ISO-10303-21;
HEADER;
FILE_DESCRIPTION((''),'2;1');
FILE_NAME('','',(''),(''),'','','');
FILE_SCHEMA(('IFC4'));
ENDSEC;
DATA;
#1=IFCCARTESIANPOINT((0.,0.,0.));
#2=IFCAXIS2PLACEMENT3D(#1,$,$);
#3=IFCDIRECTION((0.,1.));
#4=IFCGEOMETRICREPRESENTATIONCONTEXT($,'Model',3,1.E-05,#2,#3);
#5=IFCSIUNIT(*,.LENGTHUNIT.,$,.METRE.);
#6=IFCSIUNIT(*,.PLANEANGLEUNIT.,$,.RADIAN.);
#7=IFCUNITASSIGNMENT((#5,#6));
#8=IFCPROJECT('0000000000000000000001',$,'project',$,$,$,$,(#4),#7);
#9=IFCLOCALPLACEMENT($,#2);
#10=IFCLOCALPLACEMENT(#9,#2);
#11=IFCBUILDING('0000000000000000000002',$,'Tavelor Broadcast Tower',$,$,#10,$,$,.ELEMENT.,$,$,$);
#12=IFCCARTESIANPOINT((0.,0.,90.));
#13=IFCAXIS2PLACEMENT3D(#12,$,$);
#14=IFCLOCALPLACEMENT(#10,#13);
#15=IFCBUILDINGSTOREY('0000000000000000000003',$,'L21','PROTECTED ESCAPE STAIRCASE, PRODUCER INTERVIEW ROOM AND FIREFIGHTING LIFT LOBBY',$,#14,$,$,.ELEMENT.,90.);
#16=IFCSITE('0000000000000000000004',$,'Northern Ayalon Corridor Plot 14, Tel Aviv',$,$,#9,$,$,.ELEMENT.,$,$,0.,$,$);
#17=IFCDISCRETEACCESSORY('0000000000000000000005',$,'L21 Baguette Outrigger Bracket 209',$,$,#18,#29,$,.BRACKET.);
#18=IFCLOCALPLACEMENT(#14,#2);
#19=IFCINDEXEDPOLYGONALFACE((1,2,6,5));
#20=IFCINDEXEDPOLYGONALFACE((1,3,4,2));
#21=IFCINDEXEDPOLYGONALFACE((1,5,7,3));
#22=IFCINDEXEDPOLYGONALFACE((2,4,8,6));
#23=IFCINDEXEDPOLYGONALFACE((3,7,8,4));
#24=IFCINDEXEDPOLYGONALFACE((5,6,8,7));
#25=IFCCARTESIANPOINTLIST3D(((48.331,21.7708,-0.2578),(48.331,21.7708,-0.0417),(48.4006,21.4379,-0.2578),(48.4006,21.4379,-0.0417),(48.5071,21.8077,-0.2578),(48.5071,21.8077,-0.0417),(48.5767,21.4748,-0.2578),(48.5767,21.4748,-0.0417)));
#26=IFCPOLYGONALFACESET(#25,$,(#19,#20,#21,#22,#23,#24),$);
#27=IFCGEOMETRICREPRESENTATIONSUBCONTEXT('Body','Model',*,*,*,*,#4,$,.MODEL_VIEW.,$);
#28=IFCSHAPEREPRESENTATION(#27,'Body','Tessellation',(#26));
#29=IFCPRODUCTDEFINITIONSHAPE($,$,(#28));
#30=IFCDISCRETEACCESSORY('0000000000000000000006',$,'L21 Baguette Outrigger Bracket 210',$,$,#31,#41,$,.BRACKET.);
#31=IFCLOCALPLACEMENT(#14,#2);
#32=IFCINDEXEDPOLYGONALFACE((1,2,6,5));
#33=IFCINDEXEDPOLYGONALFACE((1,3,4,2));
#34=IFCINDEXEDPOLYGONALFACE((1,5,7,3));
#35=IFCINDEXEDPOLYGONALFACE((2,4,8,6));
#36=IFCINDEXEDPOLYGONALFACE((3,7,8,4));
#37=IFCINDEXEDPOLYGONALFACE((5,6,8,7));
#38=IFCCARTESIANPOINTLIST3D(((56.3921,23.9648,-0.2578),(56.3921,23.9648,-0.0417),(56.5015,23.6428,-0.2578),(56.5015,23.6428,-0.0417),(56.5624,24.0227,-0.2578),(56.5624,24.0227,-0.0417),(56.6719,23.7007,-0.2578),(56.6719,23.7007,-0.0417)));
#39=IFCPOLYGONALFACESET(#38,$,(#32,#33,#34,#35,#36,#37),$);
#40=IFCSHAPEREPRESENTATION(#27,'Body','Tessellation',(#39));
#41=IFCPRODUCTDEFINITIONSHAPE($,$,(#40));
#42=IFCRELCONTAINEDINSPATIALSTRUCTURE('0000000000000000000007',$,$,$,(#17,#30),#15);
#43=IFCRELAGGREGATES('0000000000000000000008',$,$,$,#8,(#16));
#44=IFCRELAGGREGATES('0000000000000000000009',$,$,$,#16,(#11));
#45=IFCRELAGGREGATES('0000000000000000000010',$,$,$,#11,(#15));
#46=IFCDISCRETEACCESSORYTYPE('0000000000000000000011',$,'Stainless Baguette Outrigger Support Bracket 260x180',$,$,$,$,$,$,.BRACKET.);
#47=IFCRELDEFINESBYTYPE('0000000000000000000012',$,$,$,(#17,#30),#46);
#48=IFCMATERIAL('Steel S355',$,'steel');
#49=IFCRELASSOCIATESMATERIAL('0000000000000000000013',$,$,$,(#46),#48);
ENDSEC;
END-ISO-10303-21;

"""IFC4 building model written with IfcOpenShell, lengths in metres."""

from ifc_helpers import new_model, si_unit, direction, frame, origin, origin_2d, place, context, subcontext, project, spatial, rectangle, extrude, source, transform, mapped, material, type_object, type_shapes, element, save


model = new_model("IFC4")

# Units and contexts
model_context = context("Model", 3, precision=1e-05, world=origin(), true_north=direction((0.0, 1.0)))
body_context = subcontext(model_context, "Body", "Model", "MODEL_VIEW")
ifc_project = project(units=[si_unit("LENGTHUNIT", "METRE"), si_unit("PLANEANGLEUNIT", "RADIAN")], contexts=[model_context])

# Site, building, storey
site_placement = place(None, origin())
site = spatial("IfcSite", under=ifc_project, at=site_placement, Name="Northern Ayalon Corridor Plot 14, Tel Aviv", CompositionType="ELEMENT", RefElevation=0.0)
building_placement = place(site_placement, origin())
building = spatial("IfcBuilding", under=site, at=building_placement, Name="Tavelor Broadcast Tower", CompositionType="ELEMENT")
storey_placement = place(building_placement, frame((0.0, 0.0, 90.0)))
storey = spatial("IfcBuildingStorey", under=building, at=storey_placement, Name="L21", Description="PROTECTED ESCAPE STAIRCASE, PRODUCER INTERVIEW ROOM AND FIREFIGHTING LIFT LOBBY", CompositionType="ELEMENT", Elevation=90.0)

# Shared definitions
ifc_material_1 = material(Name="Steel S355", Category="steel")

# Discrete accessories
discrete_accessory_type = type_object("IfcDiscreteAccessoryType", Name="Stainless Baguette Outrigger Support Bracket 260x180", PredefinedType="BRACKET", material=ifc_material_1)
shared_shape_1 = source(origin(), body_context, "Body", "SweptSolid", [
    extrude(rectangle(XDim=0.1799, YDim=0.3401, at=origin_2d()), origin(), (0.0, 0.0, 1.0), 0.2161),
])
type_shapes(discrete_accessory_type, [shared_shape_1])
for number, where, z_axis, x_axis, name in (
    (1, (48.4539, 21.6228, -0.2578), (0.0, 0.0, 1.0), (0.978796, 0.204838, 0.0), "L21 Baguette Outrigger Bracket 209"),
    (2, (56.532, 23.8328, -0.2578), (0.0, 0.0, 1.0), (0.946818, 0.32177, 0.0), "L21 Baguette Outrigger Bracket 210"),
):
    element("IfcDiscreteAccessory", number, at=place(storey_placement, frame(where, z_axis=z_axis, x_axis=x_axis)), inside=storey, type_object=discrete_accessory_type, Name=name, PredefinedType="BRACKET", context=body_context, shape_type="MappedRepresentation", body=[
        mapped(shared_shape_1, transform((0.0, 0.0, 0.0), scale=1.0)),
    ])

save(model, "model.ifc")
